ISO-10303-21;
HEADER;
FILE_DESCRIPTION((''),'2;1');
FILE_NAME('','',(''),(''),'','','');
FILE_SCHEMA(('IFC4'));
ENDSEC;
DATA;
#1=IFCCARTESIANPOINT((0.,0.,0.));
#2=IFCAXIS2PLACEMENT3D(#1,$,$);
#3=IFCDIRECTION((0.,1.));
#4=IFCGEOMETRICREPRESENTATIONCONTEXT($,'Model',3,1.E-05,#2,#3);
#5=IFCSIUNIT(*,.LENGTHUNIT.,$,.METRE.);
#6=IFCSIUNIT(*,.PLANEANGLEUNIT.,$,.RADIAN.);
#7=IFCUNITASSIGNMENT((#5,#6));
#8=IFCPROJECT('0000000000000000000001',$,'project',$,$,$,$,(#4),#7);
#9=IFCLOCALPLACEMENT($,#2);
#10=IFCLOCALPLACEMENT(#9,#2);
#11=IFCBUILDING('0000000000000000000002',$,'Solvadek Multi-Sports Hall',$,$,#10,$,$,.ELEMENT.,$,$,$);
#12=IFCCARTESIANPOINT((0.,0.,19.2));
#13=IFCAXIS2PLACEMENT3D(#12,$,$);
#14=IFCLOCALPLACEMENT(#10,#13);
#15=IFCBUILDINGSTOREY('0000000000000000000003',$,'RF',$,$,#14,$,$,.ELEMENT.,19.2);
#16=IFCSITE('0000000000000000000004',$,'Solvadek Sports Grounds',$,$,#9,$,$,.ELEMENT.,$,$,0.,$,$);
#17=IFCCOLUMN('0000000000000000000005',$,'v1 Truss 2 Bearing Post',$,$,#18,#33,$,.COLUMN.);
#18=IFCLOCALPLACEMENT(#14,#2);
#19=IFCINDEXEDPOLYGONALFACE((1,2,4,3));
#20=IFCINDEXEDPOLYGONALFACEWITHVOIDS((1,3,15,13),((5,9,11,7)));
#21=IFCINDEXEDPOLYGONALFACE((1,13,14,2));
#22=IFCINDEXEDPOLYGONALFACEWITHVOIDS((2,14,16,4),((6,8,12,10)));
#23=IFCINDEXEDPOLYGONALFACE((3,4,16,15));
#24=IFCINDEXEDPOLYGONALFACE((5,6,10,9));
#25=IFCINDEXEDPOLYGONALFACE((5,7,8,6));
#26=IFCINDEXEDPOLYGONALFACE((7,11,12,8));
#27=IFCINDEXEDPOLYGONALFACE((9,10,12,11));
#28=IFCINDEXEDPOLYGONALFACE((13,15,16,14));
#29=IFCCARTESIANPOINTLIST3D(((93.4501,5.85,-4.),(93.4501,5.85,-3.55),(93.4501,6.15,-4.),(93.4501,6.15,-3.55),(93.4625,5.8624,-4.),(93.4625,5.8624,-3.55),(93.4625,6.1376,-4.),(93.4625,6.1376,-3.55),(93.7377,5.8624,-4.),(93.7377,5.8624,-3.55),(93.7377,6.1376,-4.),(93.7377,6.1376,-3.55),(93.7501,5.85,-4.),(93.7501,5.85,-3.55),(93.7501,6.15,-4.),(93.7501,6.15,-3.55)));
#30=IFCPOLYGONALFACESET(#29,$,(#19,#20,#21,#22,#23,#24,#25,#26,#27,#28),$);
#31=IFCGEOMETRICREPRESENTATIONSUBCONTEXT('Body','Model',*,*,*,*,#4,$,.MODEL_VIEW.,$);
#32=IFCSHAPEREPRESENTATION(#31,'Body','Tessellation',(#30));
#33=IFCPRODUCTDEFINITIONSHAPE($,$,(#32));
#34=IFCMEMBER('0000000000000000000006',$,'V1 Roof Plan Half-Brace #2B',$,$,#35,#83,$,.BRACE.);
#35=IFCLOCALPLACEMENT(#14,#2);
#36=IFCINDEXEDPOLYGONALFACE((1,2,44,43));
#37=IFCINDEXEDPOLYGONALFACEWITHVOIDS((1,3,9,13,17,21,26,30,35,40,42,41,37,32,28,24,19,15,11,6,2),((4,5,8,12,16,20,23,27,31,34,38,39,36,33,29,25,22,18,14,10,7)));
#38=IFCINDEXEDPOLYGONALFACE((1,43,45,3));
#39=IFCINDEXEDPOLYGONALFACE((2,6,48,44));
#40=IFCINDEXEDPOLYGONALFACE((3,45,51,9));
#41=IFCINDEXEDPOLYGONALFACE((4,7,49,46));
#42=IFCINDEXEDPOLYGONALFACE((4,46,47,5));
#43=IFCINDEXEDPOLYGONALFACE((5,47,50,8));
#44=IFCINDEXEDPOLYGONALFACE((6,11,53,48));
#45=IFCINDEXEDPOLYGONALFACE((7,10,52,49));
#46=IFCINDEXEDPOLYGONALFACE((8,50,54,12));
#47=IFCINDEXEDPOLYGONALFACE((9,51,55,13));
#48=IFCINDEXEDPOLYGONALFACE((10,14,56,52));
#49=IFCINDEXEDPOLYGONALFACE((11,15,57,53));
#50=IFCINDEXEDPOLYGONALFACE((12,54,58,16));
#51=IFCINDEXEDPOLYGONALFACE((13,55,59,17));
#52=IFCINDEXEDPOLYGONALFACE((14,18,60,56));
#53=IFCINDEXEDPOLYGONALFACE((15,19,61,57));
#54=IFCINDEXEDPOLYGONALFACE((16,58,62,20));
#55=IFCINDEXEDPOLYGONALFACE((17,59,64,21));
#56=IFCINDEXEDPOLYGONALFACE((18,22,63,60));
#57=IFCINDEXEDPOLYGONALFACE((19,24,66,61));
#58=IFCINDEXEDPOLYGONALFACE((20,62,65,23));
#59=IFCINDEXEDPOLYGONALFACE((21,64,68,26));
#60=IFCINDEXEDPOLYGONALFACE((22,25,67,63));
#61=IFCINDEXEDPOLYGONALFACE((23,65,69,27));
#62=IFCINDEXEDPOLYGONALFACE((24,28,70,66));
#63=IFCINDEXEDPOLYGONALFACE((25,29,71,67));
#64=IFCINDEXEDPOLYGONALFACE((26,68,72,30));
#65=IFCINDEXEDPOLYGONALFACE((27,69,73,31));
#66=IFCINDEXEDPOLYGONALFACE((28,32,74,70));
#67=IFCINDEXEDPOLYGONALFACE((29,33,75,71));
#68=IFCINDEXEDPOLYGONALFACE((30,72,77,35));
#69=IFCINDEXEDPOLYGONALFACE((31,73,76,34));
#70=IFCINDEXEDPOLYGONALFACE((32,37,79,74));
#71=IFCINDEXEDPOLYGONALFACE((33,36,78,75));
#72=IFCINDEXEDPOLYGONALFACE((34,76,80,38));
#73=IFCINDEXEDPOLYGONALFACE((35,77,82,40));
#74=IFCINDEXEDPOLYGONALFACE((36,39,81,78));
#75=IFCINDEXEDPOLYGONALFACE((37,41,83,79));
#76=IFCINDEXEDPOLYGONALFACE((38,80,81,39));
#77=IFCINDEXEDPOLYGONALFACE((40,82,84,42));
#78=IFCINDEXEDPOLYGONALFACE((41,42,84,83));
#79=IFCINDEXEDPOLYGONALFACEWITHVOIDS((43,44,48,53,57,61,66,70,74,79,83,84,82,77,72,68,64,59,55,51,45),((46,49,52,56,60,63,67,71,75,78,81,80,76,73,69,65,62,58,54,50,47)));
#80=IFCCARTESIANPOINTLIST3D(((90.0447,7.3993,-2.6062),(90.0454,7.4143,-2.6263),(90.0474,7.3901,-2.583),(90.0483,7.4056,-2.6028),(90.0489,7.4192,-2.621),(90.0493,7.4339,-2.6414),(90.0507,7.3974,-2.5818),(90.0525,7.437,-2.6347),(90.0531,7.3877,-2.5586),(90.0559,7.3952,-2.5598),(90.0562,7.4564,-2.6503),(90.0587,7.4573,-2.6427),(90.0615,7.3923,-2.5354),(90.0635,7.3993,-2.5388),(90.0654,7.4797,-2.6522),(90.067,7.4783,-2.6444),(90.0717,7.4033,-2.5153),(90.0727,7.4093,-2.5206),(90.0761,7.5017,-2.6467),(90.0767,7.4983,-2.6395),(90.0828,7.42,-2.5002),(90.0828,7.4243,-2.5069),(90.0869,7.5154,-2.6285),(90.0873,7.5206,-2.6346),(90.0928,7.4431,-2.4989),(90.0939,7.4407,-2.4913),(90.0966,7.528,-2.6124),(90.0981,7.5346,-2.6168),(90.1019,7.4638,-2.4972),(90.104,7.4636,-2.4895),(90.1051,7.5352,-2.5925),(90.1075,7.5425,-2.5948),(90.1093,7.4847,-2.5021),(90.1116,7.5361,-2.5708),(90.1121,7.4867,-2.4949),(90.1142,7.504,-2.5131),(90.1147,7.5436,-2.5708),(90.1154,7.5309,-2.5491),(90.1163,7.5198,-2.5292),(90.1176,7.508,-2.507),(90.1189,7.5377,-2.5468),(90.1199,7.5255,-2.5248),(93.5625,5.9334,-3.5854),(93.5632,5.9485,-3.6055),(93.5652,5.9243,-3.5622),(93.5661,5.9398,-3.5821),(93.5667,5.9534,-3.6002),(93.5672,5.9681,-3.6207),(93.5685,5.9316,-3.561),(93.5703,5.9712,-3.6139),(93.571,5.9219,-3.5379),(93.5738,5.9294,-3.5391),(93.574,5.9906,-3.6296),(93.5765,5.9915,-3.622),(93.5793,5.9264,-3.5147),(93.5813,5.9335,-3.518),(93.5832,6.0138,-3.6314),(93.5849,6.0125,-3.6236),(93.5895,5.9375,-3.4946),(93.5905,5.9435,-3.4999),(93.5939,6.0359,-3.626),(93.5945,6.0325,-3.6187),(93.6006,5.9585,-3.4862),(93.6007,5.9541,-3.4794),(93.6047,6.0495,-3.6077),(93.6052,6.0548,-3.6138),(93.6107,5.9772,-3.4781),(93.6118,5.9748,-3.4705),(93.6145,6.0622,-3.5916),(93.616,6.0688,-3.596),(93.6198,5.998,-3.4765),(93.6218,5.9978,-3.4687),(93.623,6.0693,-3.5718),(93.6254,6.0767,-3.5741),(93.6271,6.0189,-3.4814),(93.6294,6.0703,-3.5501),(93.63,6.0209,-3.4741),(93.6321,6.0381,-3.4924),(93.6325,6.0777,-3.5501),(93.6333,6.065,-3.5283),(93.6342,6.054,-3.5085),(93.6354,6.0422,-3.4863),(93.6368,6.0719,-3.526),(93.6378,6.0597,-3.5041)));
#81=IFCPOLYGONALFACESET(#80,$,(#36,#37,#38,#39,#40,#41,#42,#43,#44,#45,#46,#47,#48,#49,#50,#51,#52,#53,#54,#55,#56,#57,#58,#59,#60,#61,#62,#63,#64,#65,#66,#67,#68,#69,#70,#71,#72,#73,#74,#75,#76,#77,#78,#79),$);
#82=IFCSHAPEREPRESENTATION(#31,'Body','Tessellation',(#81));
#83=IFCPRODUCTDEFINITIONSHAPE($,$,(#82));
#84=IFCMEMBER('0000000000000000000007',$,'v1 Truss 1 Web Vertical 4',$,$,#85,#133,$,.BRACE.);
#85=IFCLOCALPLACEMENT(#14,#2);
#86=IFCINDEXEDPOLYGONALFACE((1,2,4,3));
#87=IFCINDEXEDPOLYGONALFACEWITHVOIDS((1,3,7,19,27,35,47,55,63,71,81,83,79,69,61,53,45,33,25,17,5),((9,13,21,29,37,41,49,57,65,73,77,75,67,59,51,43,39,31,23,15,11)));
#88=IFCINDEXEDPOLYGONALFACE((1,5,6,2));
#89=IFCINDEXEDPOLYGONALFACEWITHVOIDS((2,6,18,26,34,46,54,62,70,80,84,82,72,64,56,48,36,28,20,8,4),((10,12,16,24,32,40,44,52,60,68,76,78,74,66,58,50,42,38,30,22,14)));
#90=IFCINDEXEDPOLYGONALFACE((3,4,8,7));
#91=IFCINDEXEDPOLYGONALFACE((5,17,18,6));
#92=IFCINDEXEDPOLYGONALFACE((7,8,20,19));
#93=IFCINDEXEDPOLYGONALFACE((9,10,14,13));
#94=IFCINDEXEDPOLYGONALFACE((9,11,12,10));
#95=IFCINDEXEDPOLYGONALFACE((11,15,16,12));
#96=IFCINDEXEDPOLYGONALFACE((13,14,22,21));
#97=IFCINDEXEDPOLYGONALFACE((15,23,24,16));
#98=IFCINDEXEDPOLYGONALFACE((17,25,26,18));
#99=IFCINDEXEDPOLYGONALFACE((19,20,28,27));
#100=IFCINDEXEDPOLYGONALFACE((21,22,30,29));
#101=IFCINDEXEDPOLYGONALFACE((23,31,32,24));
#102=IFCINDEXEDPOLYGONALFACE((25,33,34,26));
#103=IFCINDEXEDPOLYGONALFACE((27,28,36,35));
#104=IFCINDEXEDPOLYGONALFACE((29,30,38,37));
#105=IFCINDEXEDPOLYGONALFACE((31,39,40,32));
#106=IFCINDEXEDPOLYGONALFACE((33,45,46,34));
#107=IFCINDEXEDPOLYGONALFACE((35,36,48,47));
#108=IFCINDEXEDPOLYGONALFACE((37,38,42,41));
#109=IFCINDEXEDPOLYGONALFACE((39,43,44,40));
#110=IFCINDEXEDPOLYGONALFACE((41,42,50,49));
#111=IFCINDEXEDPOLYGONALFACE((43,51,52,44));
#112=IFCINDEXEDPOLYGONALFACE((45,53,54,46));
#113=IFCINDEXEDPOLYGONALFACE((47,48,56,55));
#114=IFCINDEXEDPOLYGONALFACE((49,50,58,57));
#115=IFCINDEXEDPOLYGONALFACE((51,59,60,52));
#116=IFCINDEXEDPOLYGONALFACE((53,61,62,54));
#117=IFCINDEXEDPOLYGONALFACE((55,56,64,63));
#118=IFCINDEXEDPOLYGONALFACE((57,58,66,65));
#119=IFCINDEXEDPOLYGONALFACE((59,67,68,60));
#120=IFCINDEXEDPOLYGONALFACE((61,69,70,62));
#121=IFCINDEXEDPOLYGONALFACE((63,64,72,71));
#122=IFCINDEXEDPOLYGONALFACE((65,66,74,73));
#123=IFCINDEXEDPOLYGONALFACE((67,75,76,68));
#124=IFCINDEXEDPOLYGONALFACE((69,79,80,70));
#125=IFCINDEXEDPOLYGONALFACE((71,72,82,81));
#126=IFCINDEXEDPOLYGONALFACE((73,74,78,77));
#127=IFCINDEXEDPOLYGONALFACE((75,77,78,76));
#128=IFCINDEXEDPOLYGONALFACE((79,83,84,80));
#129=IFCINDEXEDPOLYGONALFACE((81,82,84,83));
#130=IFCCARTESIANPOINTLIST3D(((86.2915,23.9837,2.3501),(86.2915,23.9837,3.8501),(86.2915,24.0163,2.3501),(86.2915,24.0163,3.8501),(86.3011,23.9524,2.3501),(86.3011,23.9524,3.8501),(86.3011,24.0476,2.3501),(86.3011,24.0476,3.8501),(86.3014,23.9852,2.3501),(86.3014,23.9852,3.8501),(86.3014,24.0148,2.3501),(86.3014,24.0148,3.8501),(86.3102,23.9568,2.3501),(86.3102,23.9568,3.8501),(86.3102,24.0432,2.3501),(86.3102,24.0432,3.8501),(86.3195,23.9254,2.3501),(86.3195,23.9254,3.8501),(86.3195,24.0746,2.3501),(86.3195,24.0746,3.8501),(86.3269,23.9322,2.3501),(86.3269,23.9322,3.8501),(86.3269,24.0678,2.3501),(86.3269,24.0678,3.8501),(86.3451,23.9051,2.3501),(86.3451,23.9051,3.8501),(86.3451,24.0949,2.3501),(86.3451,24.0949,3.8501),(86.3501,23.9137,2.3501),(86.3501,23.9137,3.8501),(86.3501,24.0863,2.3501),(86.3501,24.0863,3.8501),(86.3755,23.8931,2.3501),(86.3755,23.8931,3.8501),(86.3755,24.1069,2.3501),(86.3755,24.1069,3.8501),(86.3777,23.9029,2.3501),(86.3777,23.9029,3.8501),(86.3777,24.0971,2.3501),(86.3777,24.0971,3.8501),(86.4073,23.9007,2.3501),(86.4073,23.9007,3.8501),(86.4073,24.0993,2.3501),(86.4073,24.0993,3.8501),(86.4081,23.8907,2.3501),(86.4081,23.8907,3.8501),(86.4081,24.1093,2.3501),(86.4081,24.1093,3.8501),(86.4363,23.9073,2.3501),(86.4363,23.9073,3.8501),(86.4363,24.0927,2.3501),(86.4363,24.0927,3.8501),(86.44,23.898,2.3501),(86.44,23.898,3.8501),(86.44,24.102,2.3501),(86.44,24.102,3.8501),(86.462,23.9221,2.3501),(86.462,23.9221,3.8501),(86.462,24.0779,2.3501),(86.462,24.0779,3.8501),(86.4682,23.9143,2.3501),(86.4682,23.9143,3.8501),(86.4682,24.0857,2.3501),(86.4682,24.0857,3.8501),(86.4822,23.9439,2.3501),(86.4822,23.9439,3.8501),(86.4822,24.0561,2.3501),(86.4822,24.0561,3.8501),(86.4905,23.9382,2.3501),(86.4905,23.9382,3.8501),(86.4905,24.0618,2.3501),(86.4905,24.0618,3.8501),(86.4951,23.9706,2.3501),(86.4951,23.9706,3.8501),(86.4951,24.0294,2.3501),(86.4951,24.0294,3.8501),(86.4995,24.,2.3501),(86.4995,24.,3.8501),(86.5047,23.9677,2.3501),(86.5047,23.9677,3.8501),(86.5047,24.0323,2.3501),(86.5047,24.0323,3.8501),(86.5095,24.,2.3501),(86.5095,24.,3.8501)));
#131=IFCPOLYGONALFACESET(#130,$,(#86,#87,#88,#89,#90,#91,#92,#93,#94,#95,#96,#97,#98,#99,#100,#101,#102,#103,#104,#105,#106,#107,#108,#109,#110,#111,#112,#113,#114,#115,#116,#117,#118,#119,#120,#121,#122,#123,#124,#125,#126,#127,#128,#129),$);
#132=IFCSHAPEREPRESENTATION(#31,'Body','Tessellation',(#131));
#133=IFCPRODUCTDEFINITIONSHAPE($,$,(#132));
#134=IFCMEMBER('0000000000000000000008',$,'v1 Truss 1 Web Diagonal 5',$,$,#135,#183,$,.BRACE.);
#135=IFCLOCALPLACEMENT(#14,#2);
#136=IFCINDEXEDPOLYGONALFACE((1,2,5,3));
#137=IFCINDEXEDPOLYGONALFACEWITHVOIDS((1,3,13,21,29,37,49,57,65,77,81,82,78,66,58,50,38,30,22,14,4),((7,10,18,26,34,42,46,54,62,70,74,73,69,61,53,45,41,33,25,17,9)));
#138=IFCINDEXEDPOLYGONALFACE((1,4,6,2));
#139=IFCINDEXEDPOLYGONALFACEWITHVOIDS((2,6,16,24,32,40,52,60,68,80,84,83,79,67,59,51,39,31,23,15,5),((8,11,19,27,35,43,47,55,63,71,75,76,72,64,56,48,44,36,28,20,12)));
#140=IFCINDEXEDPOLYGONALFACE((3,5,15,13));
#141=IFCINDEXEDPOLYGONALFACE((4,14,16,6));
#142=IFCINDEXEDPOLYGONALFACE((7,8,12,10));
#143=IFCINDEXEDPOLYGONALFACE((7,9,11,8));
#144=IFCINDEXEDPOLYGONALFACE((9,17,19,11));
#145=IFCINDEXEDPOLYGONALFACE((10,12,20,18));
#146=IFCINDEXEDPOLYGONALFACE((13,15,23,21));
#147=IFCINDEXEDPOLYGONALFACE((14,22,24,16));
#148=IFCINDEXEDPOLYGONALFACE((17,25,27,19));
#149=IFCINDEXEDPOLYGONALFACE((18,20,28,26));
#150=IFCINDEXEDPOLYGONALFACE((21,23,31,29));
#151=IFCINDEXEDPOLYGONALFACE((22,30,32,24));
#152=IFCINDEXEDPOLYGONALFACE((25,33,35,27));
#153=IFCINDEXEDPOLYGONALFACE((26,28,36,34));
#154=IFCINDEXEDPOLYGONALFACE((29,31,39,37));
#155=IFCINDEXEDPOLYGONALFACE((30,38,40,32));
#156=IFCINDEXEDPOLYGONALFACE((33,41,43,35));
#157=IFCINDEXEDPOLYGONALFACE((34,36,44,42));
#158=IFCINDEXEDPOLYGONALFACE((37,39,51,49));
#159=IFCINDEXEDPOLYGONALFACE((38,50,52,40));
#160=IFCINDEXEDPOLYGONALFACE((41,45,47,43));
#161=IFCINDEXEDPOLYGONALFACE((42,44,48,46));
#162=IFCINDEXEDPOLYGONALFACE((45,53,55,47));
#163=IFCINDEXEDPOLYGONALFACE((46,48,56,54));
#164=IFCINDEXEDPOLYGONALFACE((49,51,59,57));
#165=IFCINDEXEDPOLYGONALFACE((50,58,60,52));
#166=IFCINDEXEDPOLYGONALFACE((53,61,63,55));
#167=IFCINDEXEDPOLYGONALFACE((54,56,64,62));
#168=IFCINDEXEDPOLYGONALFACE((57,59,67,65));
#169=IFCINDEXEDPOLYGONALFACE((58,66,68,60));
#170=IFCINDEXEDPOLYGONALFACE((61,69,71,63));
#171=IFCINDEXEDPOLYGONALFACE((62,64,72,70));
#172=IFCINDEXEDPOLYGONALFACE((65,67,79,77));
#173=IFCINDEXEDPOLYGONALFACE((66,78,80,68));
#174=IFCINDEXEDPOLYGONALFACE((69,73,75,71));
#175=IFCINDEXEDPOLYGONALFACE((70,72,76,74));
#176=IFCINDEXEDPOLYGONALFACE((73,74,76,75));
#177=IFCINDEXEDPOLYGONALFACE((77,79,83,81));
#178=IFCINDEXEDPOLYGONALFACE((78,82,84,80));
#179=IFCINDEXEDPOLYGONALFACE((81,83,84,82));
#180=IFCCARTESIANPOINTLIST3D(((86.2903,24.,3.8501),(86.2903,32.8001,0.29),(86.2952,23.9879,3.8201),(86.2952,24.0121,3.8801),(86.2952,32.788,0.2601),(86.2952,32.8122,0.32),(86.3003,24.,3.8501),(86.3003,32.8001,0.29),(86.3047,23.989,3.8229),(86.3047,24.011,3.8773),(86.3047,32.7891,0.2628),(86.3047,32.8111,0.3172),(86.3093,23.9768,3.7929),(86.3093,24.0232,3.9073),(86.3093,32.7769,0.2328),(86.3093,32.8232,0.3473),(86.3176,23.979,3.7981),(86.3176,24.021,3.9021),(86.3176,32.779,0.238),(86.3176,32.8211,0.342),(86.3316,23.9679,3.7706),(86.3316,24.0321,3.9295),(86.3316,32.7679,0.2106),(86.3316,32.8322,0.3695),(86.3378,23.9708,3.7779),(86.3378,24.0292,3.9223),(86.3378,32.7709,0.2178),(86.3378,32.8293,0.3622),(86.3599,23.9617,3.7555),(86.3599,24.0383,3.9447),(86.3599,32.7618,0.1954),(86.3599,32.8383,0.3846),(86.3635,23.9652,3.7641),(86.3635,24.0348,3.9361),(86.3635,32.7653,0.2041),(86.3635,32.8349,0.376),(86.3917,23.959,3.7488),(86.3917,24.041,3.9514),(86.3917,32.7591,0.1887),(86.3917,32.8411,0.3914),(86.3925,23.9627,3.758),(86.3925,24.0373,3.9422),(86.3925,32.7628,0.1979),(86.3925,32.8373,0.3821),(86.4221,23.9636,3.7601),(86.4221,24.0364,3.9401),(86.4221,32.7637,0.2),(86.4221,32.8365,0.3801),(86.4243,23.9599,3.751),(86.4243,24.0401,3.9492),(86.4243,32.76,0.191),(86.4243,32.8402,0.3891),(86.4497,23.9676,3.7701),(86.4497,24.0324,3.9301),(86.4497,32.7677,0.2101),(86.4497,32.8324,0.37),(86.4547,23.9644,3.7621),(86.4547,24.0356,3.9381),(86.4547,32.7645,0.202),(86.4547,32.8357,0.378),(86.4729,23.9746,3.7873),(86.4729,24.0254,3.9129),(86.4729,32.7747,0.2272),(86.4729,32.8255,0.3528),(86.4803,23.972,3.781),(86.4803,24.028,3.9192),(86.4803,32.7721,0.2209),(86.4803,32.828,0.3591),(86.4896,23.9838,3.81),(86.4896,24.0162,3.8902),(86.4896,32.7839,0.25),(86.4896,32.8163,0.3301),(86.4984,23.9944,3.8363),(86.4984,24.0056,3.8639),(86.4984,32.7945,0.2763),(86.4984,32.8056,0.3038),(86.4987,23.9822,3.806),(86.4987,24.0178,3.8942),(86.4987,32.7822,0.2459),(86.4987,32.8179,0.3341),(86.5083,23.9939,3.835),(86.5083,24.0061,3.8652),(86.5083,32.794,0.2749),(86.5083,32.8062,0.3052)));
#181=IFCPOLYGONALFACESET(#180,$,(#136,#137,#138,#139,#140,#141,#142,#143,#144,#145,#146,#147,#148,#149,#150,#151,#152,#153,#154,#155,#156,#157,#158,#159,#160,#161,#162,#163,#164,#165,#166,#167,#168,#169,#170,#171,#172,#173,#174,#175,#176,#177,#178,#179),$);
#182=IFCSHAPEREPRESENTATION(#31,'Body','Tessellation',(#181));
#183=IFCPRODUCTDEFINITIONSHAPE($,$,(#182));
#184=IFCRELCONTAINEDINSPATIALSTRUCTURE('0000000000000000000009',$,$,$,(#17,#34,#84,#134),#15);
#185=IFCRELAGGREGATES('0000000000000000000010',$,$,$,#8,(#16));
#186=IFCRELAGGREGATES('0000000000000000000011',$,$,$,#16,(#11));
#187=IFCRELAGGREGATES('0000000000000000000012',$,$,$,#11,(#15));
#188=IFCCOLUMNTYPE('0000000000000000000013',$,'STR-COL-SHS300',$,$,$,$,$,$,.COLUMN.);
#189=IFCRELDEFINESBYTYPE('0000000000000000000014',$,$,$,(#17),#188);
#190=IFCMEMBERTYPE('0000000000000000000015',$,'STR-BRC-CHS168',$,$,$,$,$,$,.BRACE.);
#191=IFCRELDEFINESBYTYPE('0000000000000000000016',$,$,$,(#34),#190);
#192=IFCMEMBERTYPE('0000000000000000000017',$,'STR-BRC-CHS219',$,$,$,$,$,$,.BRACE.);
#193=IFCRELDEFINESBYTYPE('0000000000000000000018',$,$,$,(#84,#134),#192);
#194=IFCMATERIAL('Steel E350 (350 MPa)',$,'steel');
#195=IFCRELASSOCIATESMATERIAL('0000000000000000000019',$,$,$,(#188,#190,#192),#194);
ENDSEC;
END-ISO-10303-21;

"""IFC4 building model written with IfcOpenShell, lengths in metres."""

from ifc_helpers import new_model, si_unit, direction, frame, origin, origin_2d, place, context, subcontext, project, spatial, hollow_rectangle, hollow_circle, extrude, material, material_profile, profile_set, type_object, element, save


model = new_model("IFC4")

# Units and contexts
model_context = context("Model", 3, precision=1e-05, world=origin(), true_north=direction((0.0, 1.0)))
body_context = subcontext(model_context, "Body", "Model", "MODEL_VIEW")
ifc_project = project(units=[si_unit("LENGTHUNIT", "METRE"), si_unit("PLANEANGLEUNIT", "RADIAN")], contexts=[model_context])

# Site, building, storey
site_placement = place(None, origin())
site = spatial("IfcSite", under=ifc_project, at=site_placement, Name="Solvadek Sports Grounds", CompositionType="ELEMENT", RefElevation=0.0)
building_placement = place(site_placement, origin())
building = spatial("IfcBuilding", under=site, at=building_placement, Name="Solvadek Multi-Sports Hall", CompositionType="ELEMENT")
storey_placement = place(building_placement, frame((0.0, 0.0, 19.2)))
storey = spatial("IfcBuildingStorey", under=building, at=storey_placement, Name="RF", CompositionType="ELEMENT", Elevation=19.2)

# Column
ifc_material_1 = material(Name="Steel E350 (350 MPa)", Category="steel")
ifc_material_profile_1 = material_profile(ifc_material_1, hollow_rectangle(XDim=0.3, YDim=0.3, WallThickness=0.0125, at=origin_2d()), Name="SHS 300x300x12.5")
ifc_profile_set_1 = profile_set([ifc_material_profile_1], Name="Steel E350 (350 MPa)")
column_type = type_object("IfcColumnType", Name="STR-COL-SHS300", PredefinedType="COLUMN", material=ifc_profile_set_1)
column_placement = place(storey_placement, frame((93.6001, 6.0, -4.0), z_axis=(0.0, 0.0, 1.0), x_axis=(1.0, 0.0, 0.0)))
element("IfcColumn", 1, at=column_placement, inside=storey, type_object=column_type, Name="v1 Truss 2 Bearing Post", PredefinedType="COLUMN", context=body_context, shape_type="SweptSolid", body=[
    extrude(hollow_rectangle(XDim=0.3, YDim=0.3, WallThickness=0.0125, at=origin_2d()), origin(), (0.0, 0.0, 1.0), 0.45),
])

# Members
ifc_material_profile_2 = material_profile(ifc_material_1, hollow_circle(Radius=0.0842, WallThickness=0.0081, at=origin_2d()), Name="CHS 168.3x8")
ifc_profile_set_2 = profile_set([ifc_material_profile_2], Name="Steel E350 (350 MPa)")
member_type_1 = type_object("IfcMemberType", Name="STR-BRC-CHS168", PredefinedType="BRACE", material=ifc_profile_set_2)
member_1_placement = place(storey_placement, frame((90.0823, 7.4658, -2.5708), z_axis=(0.894029, -0.372528, -0.248869), x_axis=(0.384629, 0.923071, 0.0)))
element("IfcMember", 2, at=member_1_placement, inside=storey, type_object=member_type_1, Name="V1 Roof Plan Half-Brace #2B", PredefinedType="BRACE", context=body_context, shape_type="SweptSolid", body=[
    extrude(hollow_circle(Radius=0.0842, WallThickness=0.0081, at=origin_2d()), origin(), (0.0, 0.0, 1.0), 3.9348),
])
ifc_material_profile_3 = material_profile(ifc_material_1, hollow_circle(Radius=0.1096, WallThickness=0.01, at=origin_2d()), Name="CHS 219.1x10")
ifc_profile_set_3 = profile_set([ifc_material_profile_3], Name="Steel E350 (350 MPa)")
member_type_2 = type_object("IfcMemberType", Name="STR-BRC-CHS219", PredefinedType="BRACE", material=ifc_profile_set_3)
member_2_placement = place(storey_placement, frame((86.3999, 24.0, 2.3501), z_axis=(0.0, 0.0, 1.0), x_axis=(1.0, 0.0, 0.0)))
element("IfcMember", 3, at=member_2_placement, inside=storey, type_object=member_type_2, Name="v1 Truss 1 Web Vertical 4", PredefinedType="BRACE", context=body_context, shape_type="SweptSolid", body=[
    extrude(hollow_circle(Radius=0.1096, WallThickness=0.01, at=origin_2d()), origin(), (0.0, 0.0, 1.0), 1.5),
])
member_3_placement = place(storey_placement, frame((86.3999, 24.0, 3.8501), z_axis=(0.0, 0.927015, -0.375024), x_axis=(-1.0, 0.0, 0.0)))
element("IfcMember", 4, at=member_3_placement, inside=storey, type_object=member_type_2, Name="v1 Truss 1 Web Diagonal 5", PredefinedType="BRACE", context=body_context, shape_type="SweptSolid", body=[
    extrude(hollow_circle(Radius=0.1096, WallThickness=0.01, at=origin_2d()), origin(), (0.0, 0.0, 1.0), 9.4929),
])

save(model, "model.ifc")
